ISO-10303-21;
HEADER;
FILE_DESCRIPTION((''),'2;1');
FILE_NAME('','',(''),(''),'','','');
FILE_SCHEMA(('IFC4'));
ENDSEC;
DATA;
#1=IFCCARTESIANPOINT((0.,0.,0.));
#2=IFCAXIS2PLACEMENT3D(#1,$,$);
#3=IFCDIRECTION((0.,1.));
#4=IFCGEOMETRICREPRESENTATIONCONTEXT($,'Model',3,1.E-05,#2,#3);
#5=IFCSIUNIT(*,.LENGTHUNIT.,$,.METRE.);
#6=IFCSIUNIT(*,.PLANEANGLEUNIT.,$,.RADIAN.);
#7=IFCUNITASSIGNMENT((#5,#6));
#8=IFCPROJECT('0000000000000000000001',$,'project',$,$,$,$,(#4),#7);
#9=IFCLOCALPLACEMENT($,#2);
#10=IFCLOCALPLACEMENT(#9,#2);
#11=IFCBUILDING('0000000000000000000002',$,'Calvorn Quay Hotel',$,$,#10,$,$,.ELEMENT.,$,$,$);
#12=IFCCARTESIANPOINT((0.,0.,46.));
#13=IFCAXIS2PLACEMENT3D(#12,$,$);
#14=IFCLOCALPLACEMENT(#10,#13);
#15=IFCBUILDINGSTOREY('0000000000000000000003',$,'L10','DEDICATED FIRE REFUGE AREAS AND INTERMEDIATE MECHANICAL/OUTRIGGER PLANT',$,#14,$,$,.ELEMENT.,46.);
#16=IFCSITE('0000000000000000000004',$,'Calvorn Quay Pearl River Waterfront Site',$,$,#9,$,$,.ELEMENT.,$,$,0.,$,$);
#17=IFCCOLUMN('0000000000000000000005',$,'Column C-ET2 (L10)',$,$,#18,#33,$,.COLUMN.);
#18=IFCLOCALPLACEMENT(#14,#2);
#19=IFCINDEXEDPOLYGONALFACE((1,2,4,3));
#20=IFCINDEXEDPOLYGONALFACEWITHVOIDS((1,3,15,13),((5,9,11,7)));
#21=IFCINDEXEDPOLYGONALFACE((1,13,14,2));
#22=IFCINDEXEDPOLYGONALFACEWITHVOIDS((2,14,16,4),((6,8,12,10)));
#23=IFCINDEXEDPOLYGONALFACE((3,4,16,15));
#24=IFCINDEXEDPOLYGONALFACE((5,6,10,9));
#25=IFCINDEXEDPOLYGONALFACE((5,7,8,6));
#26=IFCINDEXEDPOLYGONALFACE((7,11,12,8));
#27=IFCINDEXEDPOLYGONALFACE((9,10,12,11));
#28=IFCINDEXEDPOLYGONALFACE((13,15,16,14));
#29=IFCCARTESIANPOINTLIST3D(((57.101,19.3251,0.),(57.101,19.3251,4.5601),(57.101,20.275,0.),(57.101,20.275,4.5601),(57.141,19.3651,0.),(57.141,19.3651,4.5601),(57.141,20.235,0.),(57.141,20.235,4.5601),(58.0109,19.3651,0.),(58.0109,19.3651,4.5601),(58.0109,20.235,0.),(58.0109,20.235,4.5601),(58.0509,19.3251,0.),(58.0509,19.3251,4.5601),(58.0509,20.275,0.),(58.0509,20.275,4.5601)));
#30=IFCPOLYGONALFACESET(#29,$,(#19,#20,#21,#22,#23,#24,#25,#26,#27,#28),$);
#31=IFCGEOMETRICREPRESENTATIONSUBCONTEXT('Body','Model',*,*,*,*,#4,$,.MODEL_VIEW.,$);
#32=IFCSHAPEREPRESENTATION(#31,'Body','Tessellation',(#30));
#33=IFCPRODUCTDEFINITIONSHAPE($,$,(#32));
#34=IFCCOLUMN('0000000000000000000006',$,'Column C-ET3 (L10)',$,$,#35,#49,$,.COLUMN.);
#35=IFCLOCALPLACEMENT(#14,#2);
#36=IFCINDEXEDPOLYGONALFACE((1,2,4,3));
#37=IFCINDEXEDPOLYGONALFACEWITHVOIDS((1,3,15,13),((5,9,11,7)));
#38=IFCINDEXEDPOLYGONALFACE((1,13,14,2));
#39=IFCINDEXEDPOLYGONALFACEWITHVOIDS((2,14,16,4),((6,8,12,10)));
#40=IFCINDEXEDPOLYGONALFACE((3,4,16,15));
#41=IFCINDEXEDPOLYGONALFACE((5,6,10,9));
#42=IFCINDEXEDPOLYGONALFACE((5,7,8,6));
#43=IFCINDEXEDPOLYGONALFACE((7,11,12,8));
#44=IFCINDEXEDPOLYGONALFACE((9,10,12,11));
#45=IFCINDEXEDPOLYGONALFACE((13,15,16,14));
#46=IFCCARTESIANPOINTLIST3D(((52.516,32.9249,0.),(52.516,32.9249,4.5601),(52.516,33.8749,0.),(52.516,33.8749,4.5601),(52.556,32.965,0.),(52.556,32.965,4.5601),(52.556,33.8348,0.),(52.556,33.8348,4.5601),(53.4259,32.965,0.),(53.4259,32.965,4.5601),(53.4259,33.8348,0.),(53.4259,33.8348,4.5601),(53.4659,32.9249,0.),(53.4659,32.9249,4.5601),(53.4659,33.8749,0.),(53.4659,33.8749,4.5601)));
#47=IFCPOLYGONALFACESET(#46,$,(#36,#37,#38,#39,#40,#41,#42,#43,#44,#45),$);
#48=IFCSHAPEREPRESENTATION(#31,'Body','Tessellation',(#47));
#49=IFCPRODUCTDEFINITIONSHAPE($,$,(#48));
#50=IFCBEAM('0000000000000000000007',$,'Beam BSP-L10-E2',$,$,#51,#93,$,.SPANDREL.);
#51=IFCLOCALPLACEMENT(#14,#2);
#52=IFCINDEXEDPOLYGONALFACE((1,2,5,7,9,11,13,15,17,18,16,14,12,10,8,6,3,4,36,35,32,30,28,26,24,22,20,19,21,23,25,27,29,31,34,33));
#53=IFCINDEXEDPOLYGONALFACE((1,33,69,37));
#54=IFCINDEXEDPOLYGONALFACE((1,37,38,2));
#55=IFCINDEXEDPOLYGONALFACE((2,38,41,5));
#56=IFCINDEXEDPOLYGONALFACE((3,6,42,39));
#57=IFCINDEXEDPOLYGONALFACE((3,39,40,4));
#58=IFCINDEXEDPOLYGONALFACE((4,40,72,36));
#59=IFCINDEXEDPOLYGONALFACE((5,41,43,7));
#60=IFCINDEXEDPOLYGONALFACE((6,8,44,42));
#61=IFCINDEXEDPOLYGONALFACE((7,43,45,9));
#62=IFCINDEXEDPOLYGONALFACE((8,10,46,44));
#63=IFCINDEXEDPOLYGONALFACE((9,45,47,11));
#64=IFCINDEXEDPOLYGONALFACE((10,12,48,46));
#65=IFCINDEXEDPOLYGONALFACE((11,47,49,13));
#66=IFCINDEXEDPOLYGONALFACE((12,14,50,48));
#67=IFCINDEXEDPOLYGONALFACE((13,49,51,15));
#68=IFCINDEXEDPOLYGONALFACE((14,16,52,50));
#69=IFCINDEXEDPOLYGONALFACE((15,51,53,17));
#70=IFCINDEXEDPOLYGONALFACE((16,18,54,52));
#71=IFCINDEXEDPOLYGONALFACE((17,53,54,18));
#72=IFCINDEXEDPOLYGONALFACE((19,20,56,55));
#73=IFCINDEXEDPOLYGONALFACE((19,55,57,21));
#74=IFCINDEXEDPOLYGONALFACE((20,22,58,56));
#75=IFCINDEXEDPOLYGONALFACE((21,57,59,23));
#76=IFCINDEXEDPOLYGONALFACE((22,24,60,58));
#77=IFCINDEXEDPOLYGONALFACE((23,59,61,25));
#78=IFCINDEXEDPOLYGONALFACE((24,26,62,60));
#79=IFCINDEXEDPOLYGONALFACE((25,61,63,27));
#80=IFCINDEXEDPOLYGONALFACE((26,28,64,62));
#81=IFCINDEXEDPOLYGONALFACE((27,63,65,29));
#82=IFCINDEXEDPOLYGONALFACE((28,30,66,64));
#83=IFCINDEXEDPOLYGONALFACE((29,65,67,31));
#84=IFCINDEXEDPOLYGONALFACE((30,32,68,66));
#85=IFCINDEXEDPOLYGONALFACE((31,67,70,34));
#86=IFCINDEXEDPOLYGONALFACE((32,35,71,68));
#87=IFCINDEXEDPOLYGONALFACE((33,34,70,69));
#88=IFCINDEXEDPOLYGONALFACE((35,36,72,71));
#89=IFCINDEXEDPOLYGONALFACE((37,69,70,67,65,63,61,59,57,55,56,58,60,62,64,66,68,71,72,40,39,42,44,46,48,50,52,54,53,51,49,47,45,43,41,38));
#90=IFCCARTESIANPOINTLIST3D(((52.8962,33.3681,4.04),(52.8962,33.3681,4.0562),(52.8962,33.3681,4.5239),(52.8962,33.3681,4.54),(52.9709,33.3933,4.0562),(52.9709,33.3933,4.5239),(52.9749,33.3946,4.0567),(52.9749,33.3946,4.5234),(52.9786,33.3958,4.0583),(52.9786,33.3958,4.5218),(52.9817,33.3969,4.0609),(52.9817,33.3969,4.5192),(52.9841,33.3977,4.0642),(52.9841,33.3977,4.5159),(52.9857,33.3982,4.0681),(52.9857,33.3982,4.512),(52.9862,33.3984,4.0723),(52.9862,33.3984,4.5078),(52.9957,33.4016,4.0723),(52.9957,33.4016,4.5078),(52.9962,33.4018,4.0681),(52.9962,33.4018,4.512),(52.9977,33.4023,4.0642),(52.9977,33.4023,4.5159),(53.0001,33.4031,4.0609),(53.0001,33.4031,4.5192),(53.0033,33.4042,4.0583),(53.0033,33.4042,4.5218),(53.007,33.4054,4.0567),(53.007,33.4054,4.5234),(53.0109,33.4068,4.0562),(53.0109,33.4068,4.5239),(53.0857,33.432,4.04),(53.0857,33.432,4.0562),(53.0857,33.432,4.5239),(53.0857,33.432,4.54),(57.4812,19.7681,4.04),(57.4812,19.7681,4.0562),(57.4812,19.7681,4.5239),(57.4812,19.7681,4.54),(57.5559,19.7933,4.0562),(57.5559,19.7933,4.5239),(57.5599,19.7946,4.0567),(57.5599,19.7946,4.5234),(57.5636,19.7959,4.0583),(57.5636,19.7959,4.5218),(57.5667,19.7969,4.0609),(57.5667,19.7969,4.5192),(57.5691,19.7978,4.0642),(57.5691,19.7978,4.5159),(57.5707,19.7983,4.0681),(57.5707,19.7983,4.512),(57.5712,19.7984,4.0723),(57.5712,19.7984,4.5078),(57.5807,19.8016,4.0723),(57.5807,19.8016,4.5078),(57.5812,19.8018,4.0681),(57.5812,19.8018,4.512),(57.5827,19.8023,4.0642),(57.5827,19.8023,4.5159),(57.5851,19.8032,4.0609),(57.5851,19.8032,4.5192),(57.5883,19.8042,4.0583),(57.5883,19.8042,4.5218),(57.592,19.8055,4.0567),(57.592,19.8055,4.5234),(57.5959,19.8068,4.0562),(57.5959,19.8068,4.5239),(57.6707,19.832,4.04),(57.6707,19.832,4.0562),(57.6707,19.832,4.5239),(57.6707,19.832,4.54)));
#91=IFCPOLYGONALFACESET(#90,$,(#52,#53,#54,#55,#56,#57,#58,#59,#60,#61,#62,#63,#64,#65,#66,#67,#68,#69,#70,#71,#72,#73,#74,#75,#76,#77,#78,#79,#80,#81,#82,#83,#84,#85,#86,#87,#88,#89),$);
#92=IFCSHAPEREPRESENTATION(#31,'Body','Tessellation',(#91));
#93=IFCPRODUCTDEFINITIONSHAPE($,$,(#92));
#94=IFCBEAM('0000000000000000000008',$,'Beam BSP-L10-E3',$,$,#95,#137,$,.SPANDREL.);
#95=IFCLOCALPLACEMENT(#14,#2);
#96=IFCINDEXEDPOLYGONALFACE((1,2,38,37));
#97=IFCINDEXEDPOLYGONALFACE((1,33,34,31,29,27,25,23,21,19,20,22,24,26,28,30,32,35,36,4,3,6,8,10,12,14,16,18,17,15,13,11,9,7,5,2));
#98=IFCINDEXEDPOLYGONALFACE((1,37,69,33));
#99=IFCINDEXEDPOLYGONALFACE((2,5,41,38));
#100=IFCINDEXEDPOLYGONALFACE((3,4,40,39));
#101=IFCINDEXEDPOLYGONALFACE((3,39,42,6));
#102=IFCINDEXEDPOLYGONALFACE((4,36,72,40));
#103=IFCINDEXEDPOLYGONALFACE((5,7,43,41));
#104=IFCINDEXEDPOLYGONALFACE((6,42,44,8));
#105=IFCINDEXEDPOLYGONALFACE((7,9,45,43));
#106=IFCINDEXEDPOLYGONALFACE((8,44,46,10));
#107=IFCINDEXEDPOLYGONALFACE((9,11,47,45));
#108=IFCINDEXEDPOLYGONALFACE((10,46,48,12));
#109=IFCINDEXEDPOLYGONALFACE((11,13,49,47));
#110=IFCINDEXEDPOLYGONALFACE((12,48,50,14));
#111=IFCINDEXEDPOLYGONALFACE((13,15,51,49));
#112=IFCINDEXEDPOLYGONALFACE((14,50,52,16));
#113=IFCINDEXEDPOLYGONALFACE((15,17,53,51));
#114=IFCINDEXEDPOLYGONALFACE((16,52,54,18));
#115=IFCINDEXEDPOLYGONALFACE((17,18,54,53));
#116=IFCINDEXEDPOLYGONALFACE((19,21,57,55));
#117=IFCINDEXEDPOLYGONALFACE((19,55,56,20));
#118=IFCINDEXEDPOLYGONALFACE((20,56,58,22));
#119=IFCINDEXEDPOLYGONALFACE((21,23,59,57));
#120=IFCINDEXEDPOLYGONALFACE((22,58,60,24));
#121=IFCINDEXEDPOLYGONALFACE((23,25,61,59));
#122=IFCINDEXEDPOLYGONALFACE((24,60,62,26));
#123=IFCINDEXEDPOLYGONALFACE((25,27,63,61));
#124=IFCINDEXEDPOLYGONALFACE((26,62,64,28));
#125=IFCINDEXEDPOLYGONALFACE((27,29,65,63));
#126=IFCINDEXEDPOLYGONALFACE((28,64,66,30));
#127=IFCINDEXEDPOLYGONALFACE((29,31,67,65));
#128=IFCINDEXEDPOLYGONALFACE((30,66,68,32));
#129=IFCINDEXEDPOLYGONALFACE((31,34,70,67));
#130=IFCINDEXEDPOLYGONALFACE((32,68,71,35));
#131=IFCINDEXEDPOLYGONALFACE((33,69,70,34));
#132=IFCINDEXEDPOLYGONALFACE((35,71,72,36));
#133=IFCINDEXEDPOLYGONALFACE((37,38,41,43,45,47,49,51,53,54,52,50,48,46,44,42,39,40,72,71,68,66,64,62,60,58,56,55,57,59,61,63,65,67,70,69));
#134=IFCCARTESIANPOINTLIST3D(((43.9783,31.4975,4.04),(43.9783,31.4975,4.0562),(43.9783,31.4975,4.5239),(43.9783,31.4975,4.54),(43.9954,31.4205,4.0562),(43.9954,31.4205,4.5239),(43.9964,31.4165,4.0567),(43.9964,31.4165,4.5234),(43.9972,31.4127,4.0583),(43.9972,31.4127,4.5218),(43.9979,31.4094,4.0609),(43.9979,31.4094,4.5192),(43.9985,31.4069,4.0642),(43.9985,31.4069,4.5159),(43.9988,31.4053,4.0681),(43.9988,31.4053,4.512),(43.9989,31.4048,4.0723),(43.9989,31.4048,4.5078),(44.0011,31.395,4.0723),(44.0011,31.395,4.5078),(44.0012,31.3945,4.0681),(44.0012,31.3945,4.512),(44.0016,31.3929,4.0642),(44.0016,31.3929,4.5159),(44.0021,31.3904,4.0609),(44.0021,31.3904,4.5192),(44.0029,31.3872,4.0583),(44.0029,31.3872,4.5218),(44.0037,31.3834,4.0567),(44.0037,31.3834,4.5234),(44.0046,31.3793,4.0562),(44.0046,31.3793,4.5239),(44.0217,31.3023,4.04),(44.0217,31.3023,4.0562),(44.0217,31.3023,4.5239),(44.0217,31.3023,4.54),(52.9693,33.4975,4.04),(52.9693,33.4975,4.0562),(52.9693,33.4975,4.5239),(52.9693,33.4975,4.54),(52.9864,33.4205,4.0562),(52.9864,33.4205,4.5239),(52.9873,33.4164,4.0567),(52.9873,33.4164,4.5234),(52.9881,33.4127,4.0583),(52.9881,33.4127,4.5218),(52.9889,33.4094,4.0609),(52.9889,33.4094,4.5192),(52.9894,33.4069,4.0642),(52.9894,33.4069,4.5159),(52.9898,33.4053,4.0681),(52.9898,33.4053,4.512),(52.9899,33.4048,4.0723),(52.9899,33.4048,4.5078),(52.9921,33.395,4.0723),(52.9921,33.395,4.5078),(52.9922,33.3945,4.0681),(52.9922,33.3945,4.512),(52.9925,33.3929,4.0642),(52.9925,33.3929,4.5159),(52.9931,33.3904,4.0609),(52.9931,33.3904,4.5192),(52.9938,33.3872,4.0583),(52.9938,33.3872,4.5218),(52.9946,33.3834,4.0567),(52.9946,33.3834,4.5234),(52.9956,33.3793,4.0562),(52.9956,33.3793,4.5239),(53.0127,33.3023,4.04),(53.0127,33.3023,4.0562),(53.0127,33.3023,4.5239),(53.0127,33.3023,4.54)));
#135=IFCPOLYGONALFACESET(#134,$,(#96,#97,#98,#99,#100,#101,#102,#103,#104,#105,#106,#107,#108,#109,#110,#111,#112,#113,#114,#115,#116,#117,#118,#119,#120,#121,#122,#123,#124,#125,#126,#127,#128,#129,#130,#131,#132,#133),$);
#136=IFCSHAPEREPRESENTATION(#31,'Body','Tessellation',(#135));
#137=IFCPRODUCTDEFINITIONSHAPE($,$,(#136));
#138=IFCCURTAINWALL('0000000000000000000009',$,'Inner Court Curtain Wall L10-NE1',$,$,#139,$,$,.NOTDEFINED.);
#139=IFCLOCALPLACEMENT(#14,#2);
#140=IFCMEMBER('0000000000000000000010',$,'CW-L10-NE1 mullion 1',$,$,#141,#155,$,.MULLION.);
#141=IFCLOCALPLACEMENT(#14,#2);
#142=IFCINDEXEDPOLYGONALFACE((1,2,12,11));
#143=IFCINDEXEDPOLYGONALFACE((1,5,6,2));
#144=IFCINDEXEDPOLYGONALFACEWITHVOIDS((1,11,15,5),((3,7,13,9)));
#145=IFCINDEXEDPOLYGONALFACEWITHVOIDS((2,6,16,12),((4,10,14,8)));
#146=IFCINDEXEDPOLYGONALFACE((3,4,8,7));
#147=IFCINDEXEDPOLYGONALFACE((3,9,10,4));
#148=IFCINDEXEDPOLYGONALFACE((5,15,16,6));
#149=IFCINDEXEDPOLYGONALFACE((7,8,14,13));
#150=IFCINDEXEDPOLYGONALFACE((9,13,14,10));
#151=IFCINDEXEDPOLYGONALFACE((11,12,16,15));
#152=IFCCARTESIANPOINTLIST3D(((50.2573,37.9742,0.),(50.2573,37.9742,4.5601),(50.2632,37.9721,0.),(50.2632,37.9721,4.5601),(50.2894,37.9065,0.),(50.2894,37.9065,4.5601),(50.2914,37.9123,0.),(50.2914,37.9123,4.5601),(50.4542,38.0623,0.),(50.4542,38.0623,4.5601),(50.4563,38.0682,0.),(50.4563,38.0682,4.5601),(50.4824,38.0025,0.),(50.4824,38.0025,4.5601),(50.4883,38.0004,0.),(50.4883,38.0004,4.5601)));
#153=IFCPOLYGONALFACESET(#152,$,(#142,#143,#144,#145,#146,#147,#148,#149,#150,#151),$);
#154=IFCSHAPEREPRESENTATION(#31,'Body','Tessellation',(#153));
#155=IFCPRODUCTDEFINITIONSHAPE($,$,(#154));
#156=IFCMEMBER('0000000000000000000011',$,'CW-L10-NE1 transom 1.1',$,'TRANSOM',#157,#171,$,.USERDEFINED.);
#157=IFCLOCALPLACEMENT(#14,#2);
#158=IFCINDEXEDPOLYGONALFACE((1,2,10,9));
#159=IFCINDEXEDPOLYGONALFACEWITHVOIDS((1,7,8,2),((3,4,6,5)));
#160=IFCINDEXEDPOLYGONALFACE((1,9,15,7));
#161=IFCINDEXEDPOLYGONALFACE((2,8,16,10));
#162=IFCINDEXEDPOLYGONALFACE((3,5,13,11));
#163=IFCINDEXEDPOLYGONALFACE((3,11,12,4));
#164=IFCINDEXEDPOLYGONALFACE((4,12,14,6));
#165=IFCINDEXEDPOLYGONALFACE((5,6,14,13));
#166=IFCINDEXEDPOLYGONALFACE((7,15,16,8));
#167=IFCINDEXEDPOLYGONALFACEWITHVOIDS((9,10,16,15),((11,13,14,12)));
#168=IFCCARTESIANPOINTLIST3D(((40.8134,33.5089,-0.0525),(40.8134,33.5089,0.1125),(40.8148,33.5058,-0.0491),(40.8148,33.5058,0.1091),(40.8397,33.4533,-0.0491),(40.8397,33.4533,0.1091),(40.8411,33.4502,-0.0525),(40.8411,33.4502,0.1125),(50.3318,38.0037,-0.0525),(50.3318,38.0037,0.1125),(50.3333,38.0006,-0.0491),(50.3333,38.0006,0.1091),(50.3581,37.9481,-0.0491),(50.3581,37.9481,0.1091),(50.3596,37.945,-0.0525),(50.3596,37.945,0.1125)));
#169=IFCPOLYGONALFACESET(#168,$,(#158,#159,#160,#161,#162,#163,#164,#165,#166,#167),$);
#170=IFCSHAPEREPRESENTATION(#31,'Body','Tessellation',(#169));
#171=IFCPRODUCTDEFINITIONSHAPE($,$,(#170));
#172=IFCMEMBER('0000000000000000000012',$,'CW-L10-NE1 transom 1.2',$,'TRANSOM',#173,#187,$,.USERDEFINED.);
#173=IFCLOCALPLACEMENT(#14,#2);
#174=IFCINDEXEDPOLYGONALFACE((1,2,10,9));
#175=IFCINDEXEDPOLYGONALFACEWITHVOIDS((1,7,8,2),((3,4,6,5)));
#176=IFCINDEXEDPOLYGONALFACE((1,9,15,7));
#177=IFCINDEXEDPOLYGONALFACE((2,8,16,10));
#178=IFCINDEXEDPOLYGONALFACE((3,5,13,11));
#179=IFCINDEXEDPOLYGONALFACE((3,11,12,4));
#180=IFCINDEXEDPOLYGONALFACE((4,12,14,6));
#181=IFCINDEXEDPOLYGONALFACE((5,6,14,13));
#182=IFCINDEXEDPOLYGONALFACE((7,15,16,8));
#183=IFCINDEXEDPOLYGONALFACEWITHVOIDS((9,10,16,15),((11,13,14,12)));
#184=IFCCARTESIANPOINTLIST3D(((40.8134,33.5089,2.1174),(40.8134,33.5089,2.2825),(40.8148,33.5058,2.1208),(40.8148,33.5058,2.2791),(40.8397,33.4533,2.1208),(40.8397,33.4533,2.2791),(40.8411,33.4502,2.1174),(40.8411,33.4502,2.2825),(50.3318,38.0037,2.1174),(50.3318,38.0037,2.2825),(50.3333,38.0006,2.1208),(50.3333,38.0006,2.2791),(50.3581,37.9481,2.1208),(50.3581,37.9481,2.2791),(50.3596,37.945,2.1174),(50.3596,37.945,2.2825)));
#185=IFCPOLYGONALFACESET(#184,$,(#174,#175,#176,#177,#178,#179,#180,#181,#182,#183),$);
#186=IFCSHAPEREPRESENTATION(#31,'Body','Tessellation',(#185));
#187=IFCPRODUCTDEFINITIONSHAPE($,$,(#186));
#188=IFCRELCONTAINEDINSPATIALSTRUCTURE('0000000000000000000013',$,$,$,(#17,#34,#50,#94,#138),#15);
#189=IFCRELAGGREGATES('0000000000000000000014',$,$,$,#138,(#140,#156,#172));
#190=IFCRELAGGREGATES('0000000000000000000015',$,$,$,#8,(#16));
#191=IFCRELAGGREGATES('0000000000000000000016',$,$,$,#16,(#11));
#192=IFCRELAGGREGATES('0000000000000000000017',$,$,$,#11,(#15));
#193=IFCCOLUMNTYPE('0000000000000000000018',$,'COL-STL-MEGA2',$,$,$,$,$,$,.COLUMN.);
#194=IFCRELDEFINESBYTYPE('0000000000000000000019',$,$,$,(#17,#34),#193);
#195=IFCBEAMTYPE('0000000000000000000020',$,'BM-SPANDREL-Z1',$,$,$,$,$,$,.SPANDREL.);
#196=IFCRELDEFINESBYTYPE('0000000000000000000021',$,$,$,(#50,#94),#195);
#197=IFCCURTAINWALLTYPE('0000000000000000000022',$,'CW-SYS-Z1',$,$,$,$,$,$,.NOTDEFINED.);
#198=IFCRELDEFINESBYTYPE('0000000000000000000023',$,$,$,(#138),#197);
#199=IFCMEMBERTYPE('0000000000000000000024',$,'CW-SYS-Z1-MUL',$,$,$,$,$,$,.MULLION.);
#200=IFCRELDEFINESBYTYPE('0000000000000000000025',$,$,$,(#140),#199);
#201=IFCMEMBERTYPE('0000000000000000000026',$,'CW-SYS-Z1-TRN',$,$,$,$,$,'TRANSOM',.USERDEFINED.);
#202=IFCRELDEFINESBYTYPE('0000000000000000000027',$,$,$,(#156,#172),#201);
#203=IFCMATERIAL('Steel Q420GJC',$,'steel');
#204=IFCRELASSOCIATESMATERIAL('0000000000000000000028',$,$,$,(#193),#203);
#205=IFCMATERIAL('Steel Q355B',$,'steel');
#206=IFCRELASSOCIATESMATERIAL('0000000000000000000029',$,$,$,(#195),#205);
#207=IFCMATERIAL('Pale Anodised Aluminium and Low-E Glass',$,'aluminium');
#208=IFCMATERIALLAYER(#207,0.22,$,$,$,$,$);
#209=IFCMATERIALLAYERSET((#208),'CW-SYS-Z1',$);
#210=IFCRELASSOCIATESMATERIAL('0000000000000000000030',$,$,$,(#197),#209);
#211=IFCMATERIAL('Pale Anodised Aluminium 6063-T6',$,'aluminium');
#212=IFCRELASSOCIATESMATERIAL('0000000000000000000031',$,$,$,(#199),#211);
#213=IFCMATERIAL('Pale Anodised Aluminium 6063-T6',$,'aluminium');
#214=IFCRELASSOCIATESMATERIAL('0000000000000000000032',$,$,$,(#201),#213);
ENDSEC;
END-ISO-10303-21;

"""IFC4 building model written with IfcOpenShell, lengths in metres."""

from ifc_helpers import new_model, si_unit, direction, frame, origin, origin_2d, place, context, subcontext, project, spatial, hollow_rectangle, i_section, extrude, material, layer, layer_set, material_profile, profile_set, type_object, element, aggregate, save


model = new_model("IFC4")

# Units and contexts
model_context = context("Model", 3, precision=1e-05, world=origin(), true_north=direction((0.0, 1.0)))
body_context = subcontext(model_context, "Body", "Model", "MODEL_VIEW")
ifc_project = project(units=[si_unit("LENGTHUNIT", "METRE"), si_unit("PLANEANGLEUNIT", "RADIAN")], contexts=[model_context])

# Site, building, storey
site_placement = place(None, origin())
site = spatial("IfcSite", under=ifc_project, at=site_placement, Name="Calvorn Quay Pearl River Waterfront Site", CompositionType="ELEMENT", RefElevation=0.0)
building_placement = place(site_placement, origin())
building = spatial("IfcBuilding", under=site, at=building_placement, Name="Calvorn Quay Hotel", CompositionType="ELEMENT")
storey_placement = place(building_placement, frame((0.0, 0.0, 46.0)))
storey = spatial("IfcBuildingStorey", under=building, at=storey_placement, Name="L10", Description="DEDICATED FIRE REFUGE AREAS AND INTERMEDIATE MECHANICAL/OUTRIGGER PLANT", CompositionType="ELEMENT", Elevation=46.0)

# Columns
ifc_material_1 = material(Name="Steel Q420GJC", Category="steel")
ifc_material_profile_1 = material_profile(ifc_material_1, hollow_rectangle(XDim=0.95, YDim=0.95, WallThickness=0.04, at=origin_2d()), Name="BOX950x950x40")
ifc_profile_set_1 = profile_set([ifc_material_profile_1], Name="Steel Q420GJC")
column_type = type_object("IfcColumnType", Name="COL-STL-MEGA2", PredefinedType="COLUMN", material=ifc_profile_set_1)
for number, where, z_axis, x_axis, name in (
    (1, (57.5759, 19.8, 0.0), (0.0, 0.0, 1.0), (1.0, 0.0, 0.0), "Column C-ET2 (L10)"),
    (2, (52.991, 33.3999, 0.0), (0.0, 0.0, 1.0), (1.0, 0.0, 0.0), "Column C-ET3 (L10)"),
):
    element("IfcColumn", number, at=place(storey_placement, frame(where, z_axis=z_axis, x_axis=x_axis)), inside=storey, type_object=column_type, Name=name, PredefinedType="COLUMN", context=body_context, shape_type="SweptSolid", body=[
        extrude(hollow_rectangle(XDim=0.95, YDim=0.95, WallThickness=0.04, at=origin_2d()), origin(), (0.0, 0.0, 1.0), 4.5601),
    ])

# Beams
ifc_material_2 = material(Name="Steel Q355B", Category="steel")
ifc_material_profile_2 = material_profile(ifc_material_2, i_section(OverallWidth=0.2, OverallDepth=0.5, WebThickness=0.01, FlangeThickness=0.0161, FilletRadius=0.0161, at=origin_2d()), Name="HN500x200x10x16")
ifc_profile_set_2 = profile_set([ifc_material_profile_2], Name="Steel Q355B")
beam_type = type_object("IfcBeamType", Name="BM-SPANDREL-Z1", PredefinedType="SPANDREL", material=ifc_profile_set_2)
beam_1_placement = place(storey_placement, frame((57.5759, 19.8, 4.29), z_axis=(-0.319467, 0.947598, 0.0), x_axis=(-0.947598, -0.319467, 0.0)))
element("IfcBeam", 3, at=beam_1_placement, inside=storey, type_object=beam_type, Name="Beam BSP-L10-E2", PredefinedType="SPANDREL", context=body_context, shape_type="SweptSolid", body=[
    extrude(i_section(OverallWidth=0.2, OverallDepth=0.5, WebThickness=0.01, FlangeThickness=0.0161, FilletRadius=0.0161, at=origin_2d()), origin(), (0.0, 0.0, 1.0), 14.3521),
])
beam_2_placement = place(storey_placement, frame((52.991, 33.3999, 4.29), z_axis=(-0.976141, -0.217138, 0.0), x_axis=(0.217138, -0.976141, 0.0)))
element("IfcBeam", 4, at=beam_2_placement, inside=storey, type_object=beam_type, Name="Beam BSP-L10-E3", PredefinedType="SPANDREL", context=body_context, shape_type="SweptSolid", body=[
    extrude(i_section(OverallWidth=0.2, OverallDepth=0.5, WebThickness=0.01, FlangeThickness=0.0161, FilletRadius=0.0161, at=origin_2d()), origin(), (0.0, 0.0, 1.0), 9.2107),
])

# Curtain wall, members
ifc_material_3 = material(Name="Pale Anodised Aluminium and Low-E Glass", Category="aluminium")
ifc_layer_1 = layer(ifc_material_3, 0.22)
ifc_layer_set_1 = layer_set([ifc_layer_1], Name="CW-SYS-Z1")
curtain_wall_type = type_object("IfcCurtainWallType", Name="CW-SYS-Z1", PredefinedType="NOTDEFINED", material=ifc_layer_set_1)
curtain_wall_placement = place(storey_placement, origin())
curtain_wall = element("IfcCurtainWall", 5, at=curtain_wall_placement, inside=storey, type_object=curtain_wall_type, Name="Inner Court Curtain Wall L10-NE1", PredefinedType="NOTDEFINED")
ifc_material_4 = material(Name="Pale Anodised Aluminium 6063-T6", Category="aluminium")
ifc_material_profile_3 = material_profile(ifc_material_4, hollow_rectangle(XDim=0.075, YDim=0.22, WallThickness=0.0044, at=origin_2d()), Name="ALU-M220x75x4.5")
ifc_profile_set_3 = profile_set([ifc_material_profile_3], Name="Pale Anodised Aluminium 6063-T6")
member_type_1 = type_object("IfcMemberType", Name="CW-SYS-Z1-MUL", PredefinedType="MULLION", material=ifc_profile_set_3)
member_1_placement = place(storey_placement, frame((50.3728, 37.9873, 0.0), z_axis=(0.0, 0.0, 1.0), x_axis=(0.427006, -0.904249, 0.0)))
member_1 = element("IfcMember", 6, at=member_1_placement, type_object=member_type_1, Name="CW-L10-NE1 mullion 1", PredefinedType="MULLION", context=body_context, shape_type="SweptSolid", body=[
    extrude(hollow_rectangle(XDim=0.075, YDim=0.22, WallThickness=0.0044, at=origin_2d()), origin(), (0.0, 0.0, 1.0), 4.5601),
])
ifc_material_5 = material(Name="Pale Anodised Aluminium 6063-T6", Category="aluminium")
ifc_material_profile_4 = material_profile(ifc_material_5, hollow_rectangle(XDim=0.0649, YDim=0.165, WallThickness=0.0034, at=origin_2d()), Name="ALU-T165x65x3.5")
ifc_profile_set_4 = profile_set([ifc_material_profile_4], Name="Pale Anodised Aluminium 6063-T6")
member_type_2 = type_object("IfcMemberType", Name="CW-SYS-Z1-TRN", ElementType="TRANSOM", PredefinedType="USERDEFINED", material=ifc_profile_set_4)
member_2_placement = place(storey_placement, frame((50.3457, 37.9744, 0.03), z_axis=(-0.904249, -0.427006, 0.0), x_axis=(0.427006, -0.904249, 0.0)))
member_2 = element("IfcMember", 7, at=member_2_placement, type_object=member_type_2, Name="CW-L10-NE1 transom 1.1", ObjectType="TRANSOM", PredefinedType="USERDEFINED", context=body_context, shape_type="SweptSolid", body=[
    extrude(hollow_rectangle(XDim=0.0649, YDim=0.165, WallThickness=0.0034, at=origin_2d()), origin(), (0.0, 0.0, 1.0), 10.5264),
])
member_3_placement = place(storey_placement, frame((50.3457, 37.9744, 2.2), z_axis=(-0.904249, -0.427006, 0.0), x_axis=(0.427006, -0.904249, 0.0)))
member_3 = element("IfcMember", 8, at=member_3_placement, type_object=member_type_2, Name="CW-L10-NE1 transom 1.2", ObjectType="TRANSOM", PredefinedType="USERDEFINED", context=body_context, shape_type="SweptSolid", body=[
    extrude(hollow_rectangle(XDim=0.0649, YDim=0.165, WallThickness=0.0034, at=origin_2d()), origin(), (0.0, 0.0, 1.0), 10.5264),
])

aggregate(curtain_wall, [member_1, member_2, member_3])

save(model, "model.ifc")
